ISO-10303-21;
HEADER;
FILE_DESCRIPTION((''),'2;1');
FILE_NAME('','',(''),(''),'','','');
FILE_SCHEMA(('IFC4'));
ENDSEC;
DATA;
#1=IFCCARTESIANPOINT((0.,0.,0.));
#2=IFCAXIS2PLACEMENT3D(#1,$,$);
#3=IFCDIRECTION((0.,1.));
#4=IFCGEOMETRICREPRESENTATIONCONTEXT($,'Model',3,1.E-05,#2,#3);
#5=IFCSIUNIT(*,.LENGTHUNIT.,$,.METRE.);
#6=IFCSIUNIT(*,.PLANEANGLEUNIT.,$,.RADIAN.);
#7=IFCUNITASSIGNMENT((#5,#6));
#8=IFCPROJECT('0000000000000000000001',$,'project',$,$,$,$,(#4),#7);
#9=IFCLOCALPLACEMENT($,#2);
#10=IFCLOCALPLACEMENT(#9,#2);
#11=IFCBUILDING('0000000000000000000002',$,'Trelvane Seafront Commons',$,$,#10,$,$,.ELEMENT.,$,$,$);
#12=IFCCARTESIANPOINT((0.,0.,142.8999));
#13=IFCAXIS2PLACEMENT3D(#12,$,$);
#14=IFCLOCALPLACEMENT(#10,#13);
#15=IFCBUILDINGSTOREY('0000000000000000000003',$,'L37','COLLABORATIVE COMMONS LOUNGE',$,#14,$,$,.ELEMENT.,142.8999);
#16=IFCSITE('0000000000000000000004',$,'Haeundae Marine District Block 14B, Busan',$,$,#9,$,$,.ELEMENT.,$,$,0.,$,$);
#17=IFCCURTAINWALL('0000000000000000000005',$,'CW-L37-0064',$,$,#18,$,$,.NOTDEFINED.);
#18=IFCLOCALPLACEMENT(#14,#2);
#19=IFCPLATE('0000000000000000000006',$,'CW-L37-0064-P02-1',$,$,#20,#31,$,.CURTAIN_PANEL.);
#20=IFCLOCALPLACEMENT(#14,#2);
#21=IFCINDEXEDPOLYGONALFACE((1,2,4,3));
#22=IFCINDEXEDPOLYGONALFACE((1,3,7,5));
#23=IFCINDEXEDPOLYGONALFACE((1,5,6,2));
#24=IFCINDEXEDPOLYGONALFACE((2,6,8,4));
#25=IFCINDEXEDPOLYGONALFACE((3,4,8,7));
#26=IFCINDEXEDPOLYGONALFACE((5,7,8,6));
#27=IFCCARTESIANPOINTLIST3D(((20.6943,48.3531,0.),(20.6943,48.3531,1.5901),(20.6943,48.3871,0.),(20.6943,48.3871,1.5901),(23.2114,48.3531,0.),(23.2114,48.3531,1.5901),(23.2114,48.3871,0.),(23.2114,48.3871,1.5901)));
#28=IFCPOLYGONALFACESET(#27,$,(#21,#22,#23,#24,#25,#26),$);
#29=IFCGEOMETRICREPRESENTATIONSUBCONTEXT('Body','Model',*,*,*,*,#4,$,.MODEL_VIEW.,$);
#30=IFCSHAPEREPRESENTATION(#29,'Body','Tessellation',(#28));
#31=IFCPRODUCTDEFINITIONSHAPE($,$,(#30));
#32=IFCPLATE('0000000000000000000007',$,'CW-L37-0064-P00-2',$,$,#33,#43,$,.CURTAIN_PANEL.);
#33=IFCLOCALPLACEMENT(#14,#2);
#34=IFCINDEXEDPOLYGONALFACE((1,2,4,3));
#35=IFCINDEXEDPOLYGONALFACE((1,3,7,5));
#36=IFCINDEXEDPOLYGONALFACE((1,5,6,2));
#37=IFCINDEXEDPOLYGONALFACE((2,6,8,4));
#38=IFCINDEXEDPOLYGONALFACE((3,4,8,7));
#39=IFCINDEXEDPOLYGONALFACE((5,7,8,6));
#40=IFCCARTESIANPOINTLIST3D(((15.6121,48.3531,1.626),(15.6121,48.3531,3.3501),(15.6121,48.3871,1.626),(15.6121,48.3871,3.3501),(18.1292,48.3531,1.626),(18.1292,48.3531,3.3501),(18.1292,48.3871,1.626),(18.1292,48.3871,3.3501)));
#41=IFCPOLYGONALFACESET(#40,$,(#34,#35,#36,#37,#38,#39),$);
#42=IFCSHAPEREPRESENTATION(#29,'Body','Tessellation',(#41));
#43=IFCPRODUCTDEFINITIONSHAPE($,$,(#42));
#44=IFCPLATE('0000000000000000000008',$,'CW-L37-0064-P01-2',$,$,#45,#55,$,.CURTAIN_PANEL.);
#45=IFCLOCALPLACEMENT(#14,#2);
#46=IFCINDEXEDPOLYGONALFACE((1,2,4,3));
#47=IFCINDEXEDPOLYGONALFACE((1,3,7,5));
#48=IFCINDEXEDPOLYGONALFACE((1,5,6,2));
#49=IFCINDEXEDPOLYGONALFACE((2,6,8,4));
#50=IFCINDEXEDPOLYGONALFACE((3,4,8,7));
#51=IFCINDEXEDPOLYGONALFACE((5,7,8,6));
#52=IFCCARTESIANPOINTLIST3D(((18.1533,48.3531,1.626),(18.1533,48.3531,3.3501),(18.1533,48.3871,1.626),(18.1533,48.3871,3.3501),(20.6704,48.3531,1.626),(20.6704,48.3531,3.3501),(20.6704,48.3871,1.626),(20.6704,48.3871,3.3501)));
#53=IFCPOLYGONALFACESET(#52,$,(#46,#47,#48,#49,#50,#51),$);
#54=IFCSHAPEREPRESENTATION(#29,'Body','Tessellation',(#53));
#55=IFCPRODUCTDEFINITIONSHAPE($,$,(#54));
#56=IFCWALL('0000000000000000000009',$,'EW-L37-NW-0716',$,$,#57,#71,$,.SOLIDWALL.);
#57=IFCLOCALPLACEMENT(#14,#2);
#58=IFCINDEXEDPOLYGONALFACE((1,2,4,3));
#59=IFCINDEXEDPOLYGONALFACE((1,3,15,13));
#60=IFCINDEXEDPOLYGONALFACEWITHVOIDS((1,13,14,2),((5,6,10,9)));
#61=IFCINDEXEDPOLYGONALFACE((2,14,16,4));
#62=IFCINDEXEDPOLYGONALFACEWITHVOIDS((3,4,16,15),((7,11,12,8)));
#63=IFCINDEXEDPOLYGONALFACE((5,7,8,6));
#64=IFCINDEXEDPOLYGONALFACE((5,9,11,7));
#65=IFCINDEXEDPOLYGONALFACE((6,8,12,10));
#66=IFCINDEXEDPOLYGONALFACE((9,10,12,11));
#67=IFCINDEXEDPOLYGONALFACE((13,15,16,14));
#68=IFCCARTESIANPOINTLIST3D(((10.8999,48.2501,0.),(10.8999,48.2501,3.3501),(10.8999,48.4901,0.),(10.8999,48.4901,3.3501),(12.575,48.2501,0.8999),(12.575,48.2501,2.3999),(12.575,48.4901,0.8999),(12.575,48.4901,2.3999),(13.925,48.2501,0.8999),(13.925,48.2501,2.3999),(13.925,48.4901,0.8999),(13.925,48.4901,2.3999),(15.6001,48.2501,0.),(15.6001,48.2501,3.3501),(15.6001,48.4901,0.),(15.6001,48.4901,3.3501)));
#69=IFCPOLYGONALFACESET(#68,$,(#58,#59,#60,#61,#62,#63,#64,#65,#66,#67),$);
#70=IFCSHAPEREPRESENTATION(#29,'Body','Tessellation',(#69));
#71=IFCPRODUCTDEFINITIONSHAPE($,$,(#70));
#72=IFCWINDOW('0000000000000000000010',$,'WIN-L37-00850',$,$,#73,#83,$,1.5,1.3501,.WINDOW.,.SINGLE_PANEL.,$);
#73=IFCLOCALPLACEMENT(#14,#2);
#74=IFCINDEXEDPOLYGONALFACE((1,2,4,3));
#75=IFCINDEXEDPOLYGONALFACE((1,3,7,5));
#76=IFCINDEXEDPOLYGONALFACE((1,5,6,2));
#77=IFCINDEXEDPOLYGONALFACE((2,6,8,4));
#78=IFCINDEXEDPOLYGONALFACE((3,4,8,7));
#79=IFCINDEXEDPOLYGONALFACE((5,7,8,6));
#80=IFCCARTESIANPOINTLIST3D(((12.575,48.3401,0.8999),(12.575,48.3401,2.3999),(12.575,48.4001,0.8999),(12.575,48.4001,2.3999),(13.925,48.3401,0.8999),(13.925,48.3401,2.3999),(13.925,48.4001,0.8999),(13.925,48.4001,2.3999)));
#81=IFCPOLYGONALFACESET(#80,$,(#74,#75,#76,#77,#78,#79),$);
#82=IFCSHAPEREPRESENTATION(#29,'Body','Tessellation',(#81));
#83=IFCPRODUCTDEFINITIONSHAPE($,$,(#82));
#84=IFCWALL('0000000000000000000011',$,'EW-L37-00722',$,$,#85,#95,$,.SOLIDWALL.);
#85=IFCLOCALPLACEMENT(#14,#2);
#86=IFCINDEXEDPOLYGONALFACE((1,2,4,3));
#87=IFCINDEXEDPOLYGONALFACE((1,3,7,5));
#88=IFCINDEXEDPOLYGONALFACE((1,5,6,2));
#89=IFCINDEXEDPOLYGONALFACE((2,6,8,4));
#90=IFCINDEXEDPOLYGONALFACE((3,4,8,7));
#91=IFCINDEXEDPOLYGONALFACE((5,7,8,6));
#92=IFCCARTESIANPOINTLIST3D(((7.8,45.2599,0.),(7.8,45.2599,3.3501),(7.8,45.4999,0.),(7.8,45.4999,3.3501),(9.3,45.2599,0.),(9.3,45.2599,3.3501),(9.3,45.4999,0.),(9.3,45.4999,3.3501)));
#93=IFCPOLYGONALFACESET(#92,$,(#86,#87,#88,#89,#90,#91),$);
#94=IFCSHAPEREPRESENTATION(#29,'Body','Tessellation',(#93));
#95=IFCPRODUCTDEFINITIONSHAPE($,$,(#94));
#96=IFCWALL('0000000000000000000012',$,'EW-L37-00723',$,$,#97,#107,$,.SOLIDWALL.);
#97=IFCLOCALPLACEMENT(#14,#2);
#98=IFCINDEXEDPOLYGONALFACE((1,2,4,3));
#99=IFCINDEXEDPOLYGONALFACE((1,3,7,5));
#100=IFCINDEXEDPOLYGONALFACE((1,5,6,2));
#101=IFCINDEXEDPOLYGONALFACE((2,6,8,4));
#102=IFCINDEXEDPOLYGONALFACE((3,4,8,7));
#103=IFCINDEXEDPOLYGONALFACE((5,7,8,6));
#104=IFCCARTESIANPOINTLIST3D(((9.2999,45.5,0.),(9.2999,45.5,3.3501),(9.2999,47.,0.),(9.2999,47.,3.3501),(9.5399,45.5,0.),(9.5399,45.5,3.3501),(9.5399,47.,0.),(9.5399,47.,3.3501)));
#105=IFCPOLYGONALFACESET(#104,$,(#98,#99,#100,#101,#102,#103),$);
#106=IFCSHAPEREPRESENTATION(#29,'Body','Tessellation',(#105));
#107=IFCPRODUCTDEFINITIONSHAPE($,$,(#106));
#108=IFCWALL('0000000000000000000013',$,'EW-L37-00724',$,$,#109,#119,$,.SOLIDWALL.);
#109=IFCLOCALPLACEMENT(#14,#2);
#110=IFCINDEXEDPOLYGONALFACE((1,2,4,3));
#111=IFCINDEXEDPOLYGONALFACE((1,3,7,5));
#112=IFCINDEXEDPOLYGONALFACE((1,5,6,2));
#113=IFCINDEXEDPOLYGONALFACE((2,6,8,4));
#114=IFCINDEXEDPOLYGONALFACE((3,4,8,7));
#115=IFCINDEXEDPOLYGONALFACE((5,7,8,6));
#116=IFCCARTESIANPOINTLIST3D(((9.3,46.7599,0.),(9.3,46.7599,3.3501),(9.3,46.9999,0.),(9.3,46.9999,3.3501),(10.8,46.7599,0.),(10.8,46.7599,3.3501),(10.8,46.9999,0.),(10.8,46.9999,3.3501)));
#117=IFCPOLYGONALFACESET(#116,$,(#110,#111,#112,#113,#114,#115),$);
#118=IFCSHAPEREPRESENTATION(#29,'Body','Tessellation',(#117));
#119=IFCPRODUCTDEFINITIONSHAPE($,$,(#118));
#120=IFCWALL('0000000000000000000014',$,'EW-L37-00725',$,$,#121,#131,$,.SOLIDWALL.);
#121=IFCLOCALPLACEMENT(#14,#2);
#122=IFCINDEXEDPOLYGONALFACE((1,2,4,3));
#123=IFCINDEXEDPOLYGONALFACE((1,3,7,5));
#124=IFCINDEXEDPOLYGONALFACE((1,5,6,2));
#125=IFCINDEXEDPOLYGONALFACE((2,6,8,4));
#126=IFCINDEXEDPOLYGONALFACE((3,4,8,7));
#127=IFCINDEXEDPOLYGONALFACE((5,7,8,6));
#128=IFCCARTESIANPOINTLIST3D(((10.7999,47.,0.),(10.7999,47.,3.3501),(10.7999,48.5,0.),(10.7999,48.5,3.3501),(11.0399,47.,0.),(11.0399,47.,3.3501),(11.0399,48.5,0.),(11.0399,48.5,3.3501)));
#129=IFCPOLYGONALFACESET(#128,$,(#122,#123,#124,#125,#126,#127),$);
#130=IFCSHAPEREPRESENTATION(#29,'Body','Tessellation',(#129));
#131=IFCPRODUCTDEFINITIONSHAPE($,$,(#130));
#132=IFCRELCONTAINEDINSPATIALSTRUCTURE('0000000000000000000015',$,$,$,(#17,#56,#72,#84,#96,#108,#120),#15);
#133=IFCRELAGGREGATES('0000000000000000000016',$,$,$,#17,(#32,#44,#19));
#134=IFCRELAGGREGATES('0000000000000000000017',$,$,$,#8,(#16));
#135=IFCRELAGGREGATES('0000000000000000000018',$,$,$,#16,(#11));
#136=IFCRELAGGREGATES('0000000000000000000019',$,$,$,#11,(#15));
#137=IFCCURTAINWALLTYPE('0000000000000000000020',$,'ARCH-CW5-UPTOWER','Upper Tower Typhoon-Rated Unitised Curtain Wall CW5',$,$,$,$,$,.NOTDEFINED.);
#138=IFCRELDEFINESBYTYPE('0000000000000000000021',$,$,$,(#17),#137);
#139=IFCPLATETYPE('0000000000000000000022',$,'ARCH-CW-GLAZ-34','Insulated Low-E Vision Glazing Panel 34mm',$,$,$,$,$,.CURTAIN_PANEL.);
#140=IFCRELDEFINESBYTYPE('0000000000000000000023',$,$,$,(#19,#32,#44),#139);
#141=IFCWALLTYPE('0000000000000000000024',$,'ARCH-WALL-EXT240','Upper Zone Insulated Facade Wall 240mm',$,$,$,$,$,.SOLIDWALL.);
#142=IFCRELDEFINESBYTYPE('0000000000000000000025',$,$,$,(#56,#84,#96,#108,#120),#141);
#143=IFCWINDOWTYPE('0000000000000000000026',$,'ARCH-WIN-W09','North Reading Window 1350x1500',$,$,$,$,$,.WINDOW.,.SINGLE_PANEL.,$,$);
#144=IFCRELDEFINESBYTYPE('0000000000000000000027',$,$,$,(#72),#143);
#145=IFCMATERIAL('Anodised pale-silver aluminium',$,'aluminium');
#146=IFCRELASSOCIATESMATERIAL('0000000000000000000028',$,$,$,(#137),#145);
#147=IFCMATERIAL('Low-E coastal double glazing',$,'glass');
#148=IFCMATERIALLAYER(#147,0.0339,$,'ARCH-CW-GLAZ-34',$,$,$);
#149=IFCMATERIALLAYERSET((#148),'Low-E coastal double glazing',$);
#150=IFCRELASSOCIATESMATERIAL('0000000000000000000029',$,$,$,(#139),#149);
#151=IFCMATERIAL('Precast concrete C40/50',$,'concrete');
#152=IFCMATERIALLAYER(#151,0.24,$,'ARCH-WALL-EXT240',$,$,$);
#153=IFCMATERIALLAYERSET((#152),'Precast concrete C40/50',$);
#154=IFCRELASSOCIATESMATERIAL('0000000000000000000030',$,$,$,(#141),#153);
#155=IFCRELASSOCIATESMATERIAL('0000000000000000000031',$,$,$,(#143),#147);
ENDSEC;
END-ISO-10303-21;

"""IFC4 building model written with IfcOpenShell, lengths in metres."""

from ifc_helpers import new_model, si_unit, direction, frame, frame_2d, origin, origin_2d, place, context, subcontext, project, spatial, rectangle, extrude, source, transform, mapped, material, layer, layer_set, type_object, element, fill, aggregate, save


model = new_model("IFC4")

# Units and contexts
model_context = context("Model", 3, precision=1e-05, world=origin(), true_north=direction((0.0, 1.0)))
body_context = subcontext(model_context, "Body", "Model", "MODEL_VIEW")
ifc_project = project(units=[si_unit("LENGTHUNIT", "METRE"), si_unit("PLANEANGLEUNIT", "RADIAN")], contexts=[model_context])

# Site, building, storey
site_placement = place(None, origin())
site = spatial("IfcSite", under=ifc_project, at=site_placement, Name="Haeundae Marine District Block 14B, Busan", CompositionType="ELEMENT", RefElevation=0.0)
building_placement = place(site_placement, origin())
building = spatial("IfcBuilding", under=site, at=building_placement, Name="Trelvane Seafront Commons", CompositionType="ELEMENT")
storey_placement = place(building_placement, frame((0.0, 0.0, 142.8999)))
storey = spatial("IfcBuildingStorey", under=building, at=storey_placement, Name="L37", Description="COLLABORATIVE COMMONS LOUNGE", CompositionType="ELEMENT", Elevation=142.8999)

# Curtain wall
ifc_material_1 = material(Name="Anodised pale-silver aluminium", Category="aluminium")
curtain_wall_type = type_object("IfcCurtainWallType", Name="ARCH-CW5-UPTOWER", Description="Upper Tower Typhoon-Rated Unitised Curtain Wall CW5", PredefinedType="NOTDEFINED", material=ifc_material_1)
curtain_wall_placement = place(storey_placement, origin())
curtain_wall = element("IfcCurtainWall", 1, at=curtain_wall_placement, inside=storey, type_object=curtain_wall_type, Name="CW-L37-0064", PredefinedType="NOTDEFINED")

# Plates
ifc_material_2 = material(Name="Low-E coastal double glazing", Category="glass")
ifc_layer_1 = layer(ifc_material_2, 0.0339, Name="ARCH-CW-GLAZ-34")
ifc_layer_set_1 = layer_set([ifc_layer_1], Name="Low-E coastal double glazing")
plate_type_1 = type_object("IfcPlateType", Name="ARCH-CW-GLAZ-34", Description="Insulated Low-E Vision Glazing Panel 34mm", PredefinedType="CURTAIN_PANEL", material=ifc_layer_set_1)
shared_shape_1 = source(origin(), body_context, "Body", "SweptSolid", [
    extrude(rectangle(XDim=2.5171, YDim=0.0339, at=origin_2d()), origin(), (0.0, 0.0, 1.0), 1.5901),
])
plate_1_placement = place(storey_placement, frame((21.9529, 48.3701, 0.0), z_axis=(0.0, 0.0, 1.0), x_axis=(1.0, 0.0, 0.0)))
plate_1 = element("IfcPlate", 2, at=plate_1_placement, type_object=plate_type_1, Name="CW-L37-0064-P02-1", PredefinedType="CURTAIN_PANEL", context=body_context, shape_type="MappedRepresentation", body=[
    mapped(shared_shape_1, transform((0.0, 0.0, 0.0), x_axis=(1.0, 0.0, 0.0), y_axis=(0.0, 1.0, 0.0), z_axis=(0.0, 0.0, 1.0), scale=1.0)),
])
shared_shape_2 = source(origin(), body_context, "Body", "SweptSolid", [
    extrude(rectangle(XDim=2.5171, YDim=0.0339, at=origin_2d()), origin(), (0.0, 0.0, 1.0), 1.7241),
])
plate_2_placement = place(storey_placement, frame((16.8706, 48.3701, 1.626), z_axis=(0.0, 0.0, 1.0), x_axis=(1.0, 0.0, 0.0)))
plate_2 = element("IfcPlate", 3, at=plate_2_placement, type_object=plate_type_1, Name="CW-L37-0064-P00-2", PredefinedType="CURTAIN_PANEL", context=body_context, shape_type="MappedRepresentation", body=[
    mapped(shared_shape_2, transform((0.0, 0.0, 0.0), x_axis=(1.0, 0.0, 0.0), y_axis=(0.0, 1.0, 0.0), z_axis=(0.0, 0.0, 1.0), scale=1.0)),
])
plate_3_placement = place(storey_placement, frame((19.4119, 48.3701, 1.626), z_axis=(0.0, 0.0, 1.0), x_axis=(1.0, 0.0, 0.0)))
plate_3 = element("IfcPlate", 4, at=plate_3_placement, type_object=plate_type_1, Name="CW-L37-0064-P01-2", PredefinedType="CURTAIN_PANEL", context=body_context, shape_type="MappedRepresentation", body=[
    mapped(shared_shape_2, transform((0.0, 0.0, 0.0), x_axis=(1.0, 0.0, 0.0), y_axis=(0.0, 1.0, 0.0), z_axis=(0.0, 0.0, 1.0), scale=1.0)),
])
aggregate(curtain_wall, [plate_2, plate_3, plate_1])

# Wall, opening, window
ifc_material_3 = material(Name="Precast concrete C40/50", Category="concrete")
ifc_layer_2 = layer(ifc_material_3, 0.24, Name="ARCH-WALL-EXT240")
ifc_layer_set_2 = layer_set([ifc_layer_2], Name="Precast concrete C40/50")
wall_type = type_object("IfcWallType", Name="ARCH-WALL-EXT240", Description="Upper Zone Insulated Facade Wall 240mm", PredefinedType="SOLIDWALL", material=ifc_layer_set_2)
wall_placement = place(storey_placement, frame((10.8999, 48.3701, 0.0), z_axis=(0.0, 0.0, 1.0), x_axis=(1.0, 0.0, 0.0)))
wall = element("IfcWall", 5, at=wall_placement, inside=storey, type_object=wall_type, Name="EW-L37-NW-0716", PredefinedType="SOLIDWALL", context=body_context, shape_type="SweptSolid", body=[
    extrude(rectangle(XDim=4.7002, YDim=0.24, at=frame_2d((2.3501, 0.0))), origin(), (0.0, 0.0, 1.0), 3.3501),
])
opening_placement = place(wall_placement, frame((1.675, 0.0, 0.8999)))
opening = element("IfcOpeningElement", 6, at=opening_placement, cuts=wall, PredefinedType="OPENING", context=body_context, shape_type="SweptSolid", body=[
    extrude(rectangle(XDim=1.3501, YDim=1.5, at=frame_2d((0.675, 0.75))), frame((0.0, 0.1299, 0.0), z_axis=(0.0, -1.0, 0.0), x_axis=(1.0, 0.0, 0.0)), (0.0, 0.0, 1.0), 0.26),
])
window_type = type_object("IfcWindowType", Name="ARCH-WIN-W09", Description="North Reading Window 1350x1500", PartitioningType="SINGLE_PANEL", PredefinedType="WINDOW", material=ifc_material_2)
shared_shape_3 = source(origin(), body_context, "Body", "SweptSolid", [
    extrude(rectangle(XDim=1.3501, YDim=1.5, at=frame_2d((0.675, 0.75))), frame((0.0, 0.03, 0.0), z_axis=(0.0, -1.0, 0.0), x_axis=(1.0, 0.0, 0.0)), (0.0, 0.0, 1.0), 0.0601),
])
window_placement = place(opening_placement, origin())
window = element("IfcWindow", 7, at=window_placement, inside=storey, type_object=window_type, Name="WIN-L37-00850", OverallHeight=1.5, OverallWidth=1.3501, PartitioningType="SINGLE_PANEL", PredefinedType="WINDOW", context=body_context, shape_type="MappedRepresentation", body=[
    mapped(shared_shape_3, transform((0.0, 0.0, 0.0), x_axis=(1.0, 0.0, 0.0), y_axis=(0.0, 1.0, 0.0), z_axis=(0.0, 0.0, 1.0), scale=1.0)),
])
fill(opening, window)

# Walls
for number, where, z_axis, x_axis, name in (
    (8, (7.8, 45.3799, 0.0), (0.0, 0.0, 1.0), (1.0, 0.0, 0.0), "EW-L37-00722"),
    (9, (9.4199, 45.5, 0.0), (0.0, 0.0, 1.0), (0.0, 1.0, 0.0), "EW-L37-00723"),
    (10, (9.3, 46.8799, 0.0), (0.0, 0.0, 1.0), (1.0, 0.0, 0.0), "EW-L37-00724"),
    (11, (10.9199, 47.0, 0.0), (0.0, 0.0, 1.0), (0.0, 1.0, 0.0), "EW-L37-00725"),
):
    element("IfcWall", number, at=place(storey_placement, frame(where, z_axis=z_axis, x_axis=x_axis)), inside=storey, type_object=wall_type, Name=name, PredefinedType="SOLIDWALL", context=body_context, shape_type="SweptSolid", body=[
        extrude(rectangle(XDim=1.5, YDim=0.24, at=frame_2d((0.75, 0.0))), origin(), (0.0, 0.0, 1.0), 3.3501),
    ])

save(model, "model.ifc")
